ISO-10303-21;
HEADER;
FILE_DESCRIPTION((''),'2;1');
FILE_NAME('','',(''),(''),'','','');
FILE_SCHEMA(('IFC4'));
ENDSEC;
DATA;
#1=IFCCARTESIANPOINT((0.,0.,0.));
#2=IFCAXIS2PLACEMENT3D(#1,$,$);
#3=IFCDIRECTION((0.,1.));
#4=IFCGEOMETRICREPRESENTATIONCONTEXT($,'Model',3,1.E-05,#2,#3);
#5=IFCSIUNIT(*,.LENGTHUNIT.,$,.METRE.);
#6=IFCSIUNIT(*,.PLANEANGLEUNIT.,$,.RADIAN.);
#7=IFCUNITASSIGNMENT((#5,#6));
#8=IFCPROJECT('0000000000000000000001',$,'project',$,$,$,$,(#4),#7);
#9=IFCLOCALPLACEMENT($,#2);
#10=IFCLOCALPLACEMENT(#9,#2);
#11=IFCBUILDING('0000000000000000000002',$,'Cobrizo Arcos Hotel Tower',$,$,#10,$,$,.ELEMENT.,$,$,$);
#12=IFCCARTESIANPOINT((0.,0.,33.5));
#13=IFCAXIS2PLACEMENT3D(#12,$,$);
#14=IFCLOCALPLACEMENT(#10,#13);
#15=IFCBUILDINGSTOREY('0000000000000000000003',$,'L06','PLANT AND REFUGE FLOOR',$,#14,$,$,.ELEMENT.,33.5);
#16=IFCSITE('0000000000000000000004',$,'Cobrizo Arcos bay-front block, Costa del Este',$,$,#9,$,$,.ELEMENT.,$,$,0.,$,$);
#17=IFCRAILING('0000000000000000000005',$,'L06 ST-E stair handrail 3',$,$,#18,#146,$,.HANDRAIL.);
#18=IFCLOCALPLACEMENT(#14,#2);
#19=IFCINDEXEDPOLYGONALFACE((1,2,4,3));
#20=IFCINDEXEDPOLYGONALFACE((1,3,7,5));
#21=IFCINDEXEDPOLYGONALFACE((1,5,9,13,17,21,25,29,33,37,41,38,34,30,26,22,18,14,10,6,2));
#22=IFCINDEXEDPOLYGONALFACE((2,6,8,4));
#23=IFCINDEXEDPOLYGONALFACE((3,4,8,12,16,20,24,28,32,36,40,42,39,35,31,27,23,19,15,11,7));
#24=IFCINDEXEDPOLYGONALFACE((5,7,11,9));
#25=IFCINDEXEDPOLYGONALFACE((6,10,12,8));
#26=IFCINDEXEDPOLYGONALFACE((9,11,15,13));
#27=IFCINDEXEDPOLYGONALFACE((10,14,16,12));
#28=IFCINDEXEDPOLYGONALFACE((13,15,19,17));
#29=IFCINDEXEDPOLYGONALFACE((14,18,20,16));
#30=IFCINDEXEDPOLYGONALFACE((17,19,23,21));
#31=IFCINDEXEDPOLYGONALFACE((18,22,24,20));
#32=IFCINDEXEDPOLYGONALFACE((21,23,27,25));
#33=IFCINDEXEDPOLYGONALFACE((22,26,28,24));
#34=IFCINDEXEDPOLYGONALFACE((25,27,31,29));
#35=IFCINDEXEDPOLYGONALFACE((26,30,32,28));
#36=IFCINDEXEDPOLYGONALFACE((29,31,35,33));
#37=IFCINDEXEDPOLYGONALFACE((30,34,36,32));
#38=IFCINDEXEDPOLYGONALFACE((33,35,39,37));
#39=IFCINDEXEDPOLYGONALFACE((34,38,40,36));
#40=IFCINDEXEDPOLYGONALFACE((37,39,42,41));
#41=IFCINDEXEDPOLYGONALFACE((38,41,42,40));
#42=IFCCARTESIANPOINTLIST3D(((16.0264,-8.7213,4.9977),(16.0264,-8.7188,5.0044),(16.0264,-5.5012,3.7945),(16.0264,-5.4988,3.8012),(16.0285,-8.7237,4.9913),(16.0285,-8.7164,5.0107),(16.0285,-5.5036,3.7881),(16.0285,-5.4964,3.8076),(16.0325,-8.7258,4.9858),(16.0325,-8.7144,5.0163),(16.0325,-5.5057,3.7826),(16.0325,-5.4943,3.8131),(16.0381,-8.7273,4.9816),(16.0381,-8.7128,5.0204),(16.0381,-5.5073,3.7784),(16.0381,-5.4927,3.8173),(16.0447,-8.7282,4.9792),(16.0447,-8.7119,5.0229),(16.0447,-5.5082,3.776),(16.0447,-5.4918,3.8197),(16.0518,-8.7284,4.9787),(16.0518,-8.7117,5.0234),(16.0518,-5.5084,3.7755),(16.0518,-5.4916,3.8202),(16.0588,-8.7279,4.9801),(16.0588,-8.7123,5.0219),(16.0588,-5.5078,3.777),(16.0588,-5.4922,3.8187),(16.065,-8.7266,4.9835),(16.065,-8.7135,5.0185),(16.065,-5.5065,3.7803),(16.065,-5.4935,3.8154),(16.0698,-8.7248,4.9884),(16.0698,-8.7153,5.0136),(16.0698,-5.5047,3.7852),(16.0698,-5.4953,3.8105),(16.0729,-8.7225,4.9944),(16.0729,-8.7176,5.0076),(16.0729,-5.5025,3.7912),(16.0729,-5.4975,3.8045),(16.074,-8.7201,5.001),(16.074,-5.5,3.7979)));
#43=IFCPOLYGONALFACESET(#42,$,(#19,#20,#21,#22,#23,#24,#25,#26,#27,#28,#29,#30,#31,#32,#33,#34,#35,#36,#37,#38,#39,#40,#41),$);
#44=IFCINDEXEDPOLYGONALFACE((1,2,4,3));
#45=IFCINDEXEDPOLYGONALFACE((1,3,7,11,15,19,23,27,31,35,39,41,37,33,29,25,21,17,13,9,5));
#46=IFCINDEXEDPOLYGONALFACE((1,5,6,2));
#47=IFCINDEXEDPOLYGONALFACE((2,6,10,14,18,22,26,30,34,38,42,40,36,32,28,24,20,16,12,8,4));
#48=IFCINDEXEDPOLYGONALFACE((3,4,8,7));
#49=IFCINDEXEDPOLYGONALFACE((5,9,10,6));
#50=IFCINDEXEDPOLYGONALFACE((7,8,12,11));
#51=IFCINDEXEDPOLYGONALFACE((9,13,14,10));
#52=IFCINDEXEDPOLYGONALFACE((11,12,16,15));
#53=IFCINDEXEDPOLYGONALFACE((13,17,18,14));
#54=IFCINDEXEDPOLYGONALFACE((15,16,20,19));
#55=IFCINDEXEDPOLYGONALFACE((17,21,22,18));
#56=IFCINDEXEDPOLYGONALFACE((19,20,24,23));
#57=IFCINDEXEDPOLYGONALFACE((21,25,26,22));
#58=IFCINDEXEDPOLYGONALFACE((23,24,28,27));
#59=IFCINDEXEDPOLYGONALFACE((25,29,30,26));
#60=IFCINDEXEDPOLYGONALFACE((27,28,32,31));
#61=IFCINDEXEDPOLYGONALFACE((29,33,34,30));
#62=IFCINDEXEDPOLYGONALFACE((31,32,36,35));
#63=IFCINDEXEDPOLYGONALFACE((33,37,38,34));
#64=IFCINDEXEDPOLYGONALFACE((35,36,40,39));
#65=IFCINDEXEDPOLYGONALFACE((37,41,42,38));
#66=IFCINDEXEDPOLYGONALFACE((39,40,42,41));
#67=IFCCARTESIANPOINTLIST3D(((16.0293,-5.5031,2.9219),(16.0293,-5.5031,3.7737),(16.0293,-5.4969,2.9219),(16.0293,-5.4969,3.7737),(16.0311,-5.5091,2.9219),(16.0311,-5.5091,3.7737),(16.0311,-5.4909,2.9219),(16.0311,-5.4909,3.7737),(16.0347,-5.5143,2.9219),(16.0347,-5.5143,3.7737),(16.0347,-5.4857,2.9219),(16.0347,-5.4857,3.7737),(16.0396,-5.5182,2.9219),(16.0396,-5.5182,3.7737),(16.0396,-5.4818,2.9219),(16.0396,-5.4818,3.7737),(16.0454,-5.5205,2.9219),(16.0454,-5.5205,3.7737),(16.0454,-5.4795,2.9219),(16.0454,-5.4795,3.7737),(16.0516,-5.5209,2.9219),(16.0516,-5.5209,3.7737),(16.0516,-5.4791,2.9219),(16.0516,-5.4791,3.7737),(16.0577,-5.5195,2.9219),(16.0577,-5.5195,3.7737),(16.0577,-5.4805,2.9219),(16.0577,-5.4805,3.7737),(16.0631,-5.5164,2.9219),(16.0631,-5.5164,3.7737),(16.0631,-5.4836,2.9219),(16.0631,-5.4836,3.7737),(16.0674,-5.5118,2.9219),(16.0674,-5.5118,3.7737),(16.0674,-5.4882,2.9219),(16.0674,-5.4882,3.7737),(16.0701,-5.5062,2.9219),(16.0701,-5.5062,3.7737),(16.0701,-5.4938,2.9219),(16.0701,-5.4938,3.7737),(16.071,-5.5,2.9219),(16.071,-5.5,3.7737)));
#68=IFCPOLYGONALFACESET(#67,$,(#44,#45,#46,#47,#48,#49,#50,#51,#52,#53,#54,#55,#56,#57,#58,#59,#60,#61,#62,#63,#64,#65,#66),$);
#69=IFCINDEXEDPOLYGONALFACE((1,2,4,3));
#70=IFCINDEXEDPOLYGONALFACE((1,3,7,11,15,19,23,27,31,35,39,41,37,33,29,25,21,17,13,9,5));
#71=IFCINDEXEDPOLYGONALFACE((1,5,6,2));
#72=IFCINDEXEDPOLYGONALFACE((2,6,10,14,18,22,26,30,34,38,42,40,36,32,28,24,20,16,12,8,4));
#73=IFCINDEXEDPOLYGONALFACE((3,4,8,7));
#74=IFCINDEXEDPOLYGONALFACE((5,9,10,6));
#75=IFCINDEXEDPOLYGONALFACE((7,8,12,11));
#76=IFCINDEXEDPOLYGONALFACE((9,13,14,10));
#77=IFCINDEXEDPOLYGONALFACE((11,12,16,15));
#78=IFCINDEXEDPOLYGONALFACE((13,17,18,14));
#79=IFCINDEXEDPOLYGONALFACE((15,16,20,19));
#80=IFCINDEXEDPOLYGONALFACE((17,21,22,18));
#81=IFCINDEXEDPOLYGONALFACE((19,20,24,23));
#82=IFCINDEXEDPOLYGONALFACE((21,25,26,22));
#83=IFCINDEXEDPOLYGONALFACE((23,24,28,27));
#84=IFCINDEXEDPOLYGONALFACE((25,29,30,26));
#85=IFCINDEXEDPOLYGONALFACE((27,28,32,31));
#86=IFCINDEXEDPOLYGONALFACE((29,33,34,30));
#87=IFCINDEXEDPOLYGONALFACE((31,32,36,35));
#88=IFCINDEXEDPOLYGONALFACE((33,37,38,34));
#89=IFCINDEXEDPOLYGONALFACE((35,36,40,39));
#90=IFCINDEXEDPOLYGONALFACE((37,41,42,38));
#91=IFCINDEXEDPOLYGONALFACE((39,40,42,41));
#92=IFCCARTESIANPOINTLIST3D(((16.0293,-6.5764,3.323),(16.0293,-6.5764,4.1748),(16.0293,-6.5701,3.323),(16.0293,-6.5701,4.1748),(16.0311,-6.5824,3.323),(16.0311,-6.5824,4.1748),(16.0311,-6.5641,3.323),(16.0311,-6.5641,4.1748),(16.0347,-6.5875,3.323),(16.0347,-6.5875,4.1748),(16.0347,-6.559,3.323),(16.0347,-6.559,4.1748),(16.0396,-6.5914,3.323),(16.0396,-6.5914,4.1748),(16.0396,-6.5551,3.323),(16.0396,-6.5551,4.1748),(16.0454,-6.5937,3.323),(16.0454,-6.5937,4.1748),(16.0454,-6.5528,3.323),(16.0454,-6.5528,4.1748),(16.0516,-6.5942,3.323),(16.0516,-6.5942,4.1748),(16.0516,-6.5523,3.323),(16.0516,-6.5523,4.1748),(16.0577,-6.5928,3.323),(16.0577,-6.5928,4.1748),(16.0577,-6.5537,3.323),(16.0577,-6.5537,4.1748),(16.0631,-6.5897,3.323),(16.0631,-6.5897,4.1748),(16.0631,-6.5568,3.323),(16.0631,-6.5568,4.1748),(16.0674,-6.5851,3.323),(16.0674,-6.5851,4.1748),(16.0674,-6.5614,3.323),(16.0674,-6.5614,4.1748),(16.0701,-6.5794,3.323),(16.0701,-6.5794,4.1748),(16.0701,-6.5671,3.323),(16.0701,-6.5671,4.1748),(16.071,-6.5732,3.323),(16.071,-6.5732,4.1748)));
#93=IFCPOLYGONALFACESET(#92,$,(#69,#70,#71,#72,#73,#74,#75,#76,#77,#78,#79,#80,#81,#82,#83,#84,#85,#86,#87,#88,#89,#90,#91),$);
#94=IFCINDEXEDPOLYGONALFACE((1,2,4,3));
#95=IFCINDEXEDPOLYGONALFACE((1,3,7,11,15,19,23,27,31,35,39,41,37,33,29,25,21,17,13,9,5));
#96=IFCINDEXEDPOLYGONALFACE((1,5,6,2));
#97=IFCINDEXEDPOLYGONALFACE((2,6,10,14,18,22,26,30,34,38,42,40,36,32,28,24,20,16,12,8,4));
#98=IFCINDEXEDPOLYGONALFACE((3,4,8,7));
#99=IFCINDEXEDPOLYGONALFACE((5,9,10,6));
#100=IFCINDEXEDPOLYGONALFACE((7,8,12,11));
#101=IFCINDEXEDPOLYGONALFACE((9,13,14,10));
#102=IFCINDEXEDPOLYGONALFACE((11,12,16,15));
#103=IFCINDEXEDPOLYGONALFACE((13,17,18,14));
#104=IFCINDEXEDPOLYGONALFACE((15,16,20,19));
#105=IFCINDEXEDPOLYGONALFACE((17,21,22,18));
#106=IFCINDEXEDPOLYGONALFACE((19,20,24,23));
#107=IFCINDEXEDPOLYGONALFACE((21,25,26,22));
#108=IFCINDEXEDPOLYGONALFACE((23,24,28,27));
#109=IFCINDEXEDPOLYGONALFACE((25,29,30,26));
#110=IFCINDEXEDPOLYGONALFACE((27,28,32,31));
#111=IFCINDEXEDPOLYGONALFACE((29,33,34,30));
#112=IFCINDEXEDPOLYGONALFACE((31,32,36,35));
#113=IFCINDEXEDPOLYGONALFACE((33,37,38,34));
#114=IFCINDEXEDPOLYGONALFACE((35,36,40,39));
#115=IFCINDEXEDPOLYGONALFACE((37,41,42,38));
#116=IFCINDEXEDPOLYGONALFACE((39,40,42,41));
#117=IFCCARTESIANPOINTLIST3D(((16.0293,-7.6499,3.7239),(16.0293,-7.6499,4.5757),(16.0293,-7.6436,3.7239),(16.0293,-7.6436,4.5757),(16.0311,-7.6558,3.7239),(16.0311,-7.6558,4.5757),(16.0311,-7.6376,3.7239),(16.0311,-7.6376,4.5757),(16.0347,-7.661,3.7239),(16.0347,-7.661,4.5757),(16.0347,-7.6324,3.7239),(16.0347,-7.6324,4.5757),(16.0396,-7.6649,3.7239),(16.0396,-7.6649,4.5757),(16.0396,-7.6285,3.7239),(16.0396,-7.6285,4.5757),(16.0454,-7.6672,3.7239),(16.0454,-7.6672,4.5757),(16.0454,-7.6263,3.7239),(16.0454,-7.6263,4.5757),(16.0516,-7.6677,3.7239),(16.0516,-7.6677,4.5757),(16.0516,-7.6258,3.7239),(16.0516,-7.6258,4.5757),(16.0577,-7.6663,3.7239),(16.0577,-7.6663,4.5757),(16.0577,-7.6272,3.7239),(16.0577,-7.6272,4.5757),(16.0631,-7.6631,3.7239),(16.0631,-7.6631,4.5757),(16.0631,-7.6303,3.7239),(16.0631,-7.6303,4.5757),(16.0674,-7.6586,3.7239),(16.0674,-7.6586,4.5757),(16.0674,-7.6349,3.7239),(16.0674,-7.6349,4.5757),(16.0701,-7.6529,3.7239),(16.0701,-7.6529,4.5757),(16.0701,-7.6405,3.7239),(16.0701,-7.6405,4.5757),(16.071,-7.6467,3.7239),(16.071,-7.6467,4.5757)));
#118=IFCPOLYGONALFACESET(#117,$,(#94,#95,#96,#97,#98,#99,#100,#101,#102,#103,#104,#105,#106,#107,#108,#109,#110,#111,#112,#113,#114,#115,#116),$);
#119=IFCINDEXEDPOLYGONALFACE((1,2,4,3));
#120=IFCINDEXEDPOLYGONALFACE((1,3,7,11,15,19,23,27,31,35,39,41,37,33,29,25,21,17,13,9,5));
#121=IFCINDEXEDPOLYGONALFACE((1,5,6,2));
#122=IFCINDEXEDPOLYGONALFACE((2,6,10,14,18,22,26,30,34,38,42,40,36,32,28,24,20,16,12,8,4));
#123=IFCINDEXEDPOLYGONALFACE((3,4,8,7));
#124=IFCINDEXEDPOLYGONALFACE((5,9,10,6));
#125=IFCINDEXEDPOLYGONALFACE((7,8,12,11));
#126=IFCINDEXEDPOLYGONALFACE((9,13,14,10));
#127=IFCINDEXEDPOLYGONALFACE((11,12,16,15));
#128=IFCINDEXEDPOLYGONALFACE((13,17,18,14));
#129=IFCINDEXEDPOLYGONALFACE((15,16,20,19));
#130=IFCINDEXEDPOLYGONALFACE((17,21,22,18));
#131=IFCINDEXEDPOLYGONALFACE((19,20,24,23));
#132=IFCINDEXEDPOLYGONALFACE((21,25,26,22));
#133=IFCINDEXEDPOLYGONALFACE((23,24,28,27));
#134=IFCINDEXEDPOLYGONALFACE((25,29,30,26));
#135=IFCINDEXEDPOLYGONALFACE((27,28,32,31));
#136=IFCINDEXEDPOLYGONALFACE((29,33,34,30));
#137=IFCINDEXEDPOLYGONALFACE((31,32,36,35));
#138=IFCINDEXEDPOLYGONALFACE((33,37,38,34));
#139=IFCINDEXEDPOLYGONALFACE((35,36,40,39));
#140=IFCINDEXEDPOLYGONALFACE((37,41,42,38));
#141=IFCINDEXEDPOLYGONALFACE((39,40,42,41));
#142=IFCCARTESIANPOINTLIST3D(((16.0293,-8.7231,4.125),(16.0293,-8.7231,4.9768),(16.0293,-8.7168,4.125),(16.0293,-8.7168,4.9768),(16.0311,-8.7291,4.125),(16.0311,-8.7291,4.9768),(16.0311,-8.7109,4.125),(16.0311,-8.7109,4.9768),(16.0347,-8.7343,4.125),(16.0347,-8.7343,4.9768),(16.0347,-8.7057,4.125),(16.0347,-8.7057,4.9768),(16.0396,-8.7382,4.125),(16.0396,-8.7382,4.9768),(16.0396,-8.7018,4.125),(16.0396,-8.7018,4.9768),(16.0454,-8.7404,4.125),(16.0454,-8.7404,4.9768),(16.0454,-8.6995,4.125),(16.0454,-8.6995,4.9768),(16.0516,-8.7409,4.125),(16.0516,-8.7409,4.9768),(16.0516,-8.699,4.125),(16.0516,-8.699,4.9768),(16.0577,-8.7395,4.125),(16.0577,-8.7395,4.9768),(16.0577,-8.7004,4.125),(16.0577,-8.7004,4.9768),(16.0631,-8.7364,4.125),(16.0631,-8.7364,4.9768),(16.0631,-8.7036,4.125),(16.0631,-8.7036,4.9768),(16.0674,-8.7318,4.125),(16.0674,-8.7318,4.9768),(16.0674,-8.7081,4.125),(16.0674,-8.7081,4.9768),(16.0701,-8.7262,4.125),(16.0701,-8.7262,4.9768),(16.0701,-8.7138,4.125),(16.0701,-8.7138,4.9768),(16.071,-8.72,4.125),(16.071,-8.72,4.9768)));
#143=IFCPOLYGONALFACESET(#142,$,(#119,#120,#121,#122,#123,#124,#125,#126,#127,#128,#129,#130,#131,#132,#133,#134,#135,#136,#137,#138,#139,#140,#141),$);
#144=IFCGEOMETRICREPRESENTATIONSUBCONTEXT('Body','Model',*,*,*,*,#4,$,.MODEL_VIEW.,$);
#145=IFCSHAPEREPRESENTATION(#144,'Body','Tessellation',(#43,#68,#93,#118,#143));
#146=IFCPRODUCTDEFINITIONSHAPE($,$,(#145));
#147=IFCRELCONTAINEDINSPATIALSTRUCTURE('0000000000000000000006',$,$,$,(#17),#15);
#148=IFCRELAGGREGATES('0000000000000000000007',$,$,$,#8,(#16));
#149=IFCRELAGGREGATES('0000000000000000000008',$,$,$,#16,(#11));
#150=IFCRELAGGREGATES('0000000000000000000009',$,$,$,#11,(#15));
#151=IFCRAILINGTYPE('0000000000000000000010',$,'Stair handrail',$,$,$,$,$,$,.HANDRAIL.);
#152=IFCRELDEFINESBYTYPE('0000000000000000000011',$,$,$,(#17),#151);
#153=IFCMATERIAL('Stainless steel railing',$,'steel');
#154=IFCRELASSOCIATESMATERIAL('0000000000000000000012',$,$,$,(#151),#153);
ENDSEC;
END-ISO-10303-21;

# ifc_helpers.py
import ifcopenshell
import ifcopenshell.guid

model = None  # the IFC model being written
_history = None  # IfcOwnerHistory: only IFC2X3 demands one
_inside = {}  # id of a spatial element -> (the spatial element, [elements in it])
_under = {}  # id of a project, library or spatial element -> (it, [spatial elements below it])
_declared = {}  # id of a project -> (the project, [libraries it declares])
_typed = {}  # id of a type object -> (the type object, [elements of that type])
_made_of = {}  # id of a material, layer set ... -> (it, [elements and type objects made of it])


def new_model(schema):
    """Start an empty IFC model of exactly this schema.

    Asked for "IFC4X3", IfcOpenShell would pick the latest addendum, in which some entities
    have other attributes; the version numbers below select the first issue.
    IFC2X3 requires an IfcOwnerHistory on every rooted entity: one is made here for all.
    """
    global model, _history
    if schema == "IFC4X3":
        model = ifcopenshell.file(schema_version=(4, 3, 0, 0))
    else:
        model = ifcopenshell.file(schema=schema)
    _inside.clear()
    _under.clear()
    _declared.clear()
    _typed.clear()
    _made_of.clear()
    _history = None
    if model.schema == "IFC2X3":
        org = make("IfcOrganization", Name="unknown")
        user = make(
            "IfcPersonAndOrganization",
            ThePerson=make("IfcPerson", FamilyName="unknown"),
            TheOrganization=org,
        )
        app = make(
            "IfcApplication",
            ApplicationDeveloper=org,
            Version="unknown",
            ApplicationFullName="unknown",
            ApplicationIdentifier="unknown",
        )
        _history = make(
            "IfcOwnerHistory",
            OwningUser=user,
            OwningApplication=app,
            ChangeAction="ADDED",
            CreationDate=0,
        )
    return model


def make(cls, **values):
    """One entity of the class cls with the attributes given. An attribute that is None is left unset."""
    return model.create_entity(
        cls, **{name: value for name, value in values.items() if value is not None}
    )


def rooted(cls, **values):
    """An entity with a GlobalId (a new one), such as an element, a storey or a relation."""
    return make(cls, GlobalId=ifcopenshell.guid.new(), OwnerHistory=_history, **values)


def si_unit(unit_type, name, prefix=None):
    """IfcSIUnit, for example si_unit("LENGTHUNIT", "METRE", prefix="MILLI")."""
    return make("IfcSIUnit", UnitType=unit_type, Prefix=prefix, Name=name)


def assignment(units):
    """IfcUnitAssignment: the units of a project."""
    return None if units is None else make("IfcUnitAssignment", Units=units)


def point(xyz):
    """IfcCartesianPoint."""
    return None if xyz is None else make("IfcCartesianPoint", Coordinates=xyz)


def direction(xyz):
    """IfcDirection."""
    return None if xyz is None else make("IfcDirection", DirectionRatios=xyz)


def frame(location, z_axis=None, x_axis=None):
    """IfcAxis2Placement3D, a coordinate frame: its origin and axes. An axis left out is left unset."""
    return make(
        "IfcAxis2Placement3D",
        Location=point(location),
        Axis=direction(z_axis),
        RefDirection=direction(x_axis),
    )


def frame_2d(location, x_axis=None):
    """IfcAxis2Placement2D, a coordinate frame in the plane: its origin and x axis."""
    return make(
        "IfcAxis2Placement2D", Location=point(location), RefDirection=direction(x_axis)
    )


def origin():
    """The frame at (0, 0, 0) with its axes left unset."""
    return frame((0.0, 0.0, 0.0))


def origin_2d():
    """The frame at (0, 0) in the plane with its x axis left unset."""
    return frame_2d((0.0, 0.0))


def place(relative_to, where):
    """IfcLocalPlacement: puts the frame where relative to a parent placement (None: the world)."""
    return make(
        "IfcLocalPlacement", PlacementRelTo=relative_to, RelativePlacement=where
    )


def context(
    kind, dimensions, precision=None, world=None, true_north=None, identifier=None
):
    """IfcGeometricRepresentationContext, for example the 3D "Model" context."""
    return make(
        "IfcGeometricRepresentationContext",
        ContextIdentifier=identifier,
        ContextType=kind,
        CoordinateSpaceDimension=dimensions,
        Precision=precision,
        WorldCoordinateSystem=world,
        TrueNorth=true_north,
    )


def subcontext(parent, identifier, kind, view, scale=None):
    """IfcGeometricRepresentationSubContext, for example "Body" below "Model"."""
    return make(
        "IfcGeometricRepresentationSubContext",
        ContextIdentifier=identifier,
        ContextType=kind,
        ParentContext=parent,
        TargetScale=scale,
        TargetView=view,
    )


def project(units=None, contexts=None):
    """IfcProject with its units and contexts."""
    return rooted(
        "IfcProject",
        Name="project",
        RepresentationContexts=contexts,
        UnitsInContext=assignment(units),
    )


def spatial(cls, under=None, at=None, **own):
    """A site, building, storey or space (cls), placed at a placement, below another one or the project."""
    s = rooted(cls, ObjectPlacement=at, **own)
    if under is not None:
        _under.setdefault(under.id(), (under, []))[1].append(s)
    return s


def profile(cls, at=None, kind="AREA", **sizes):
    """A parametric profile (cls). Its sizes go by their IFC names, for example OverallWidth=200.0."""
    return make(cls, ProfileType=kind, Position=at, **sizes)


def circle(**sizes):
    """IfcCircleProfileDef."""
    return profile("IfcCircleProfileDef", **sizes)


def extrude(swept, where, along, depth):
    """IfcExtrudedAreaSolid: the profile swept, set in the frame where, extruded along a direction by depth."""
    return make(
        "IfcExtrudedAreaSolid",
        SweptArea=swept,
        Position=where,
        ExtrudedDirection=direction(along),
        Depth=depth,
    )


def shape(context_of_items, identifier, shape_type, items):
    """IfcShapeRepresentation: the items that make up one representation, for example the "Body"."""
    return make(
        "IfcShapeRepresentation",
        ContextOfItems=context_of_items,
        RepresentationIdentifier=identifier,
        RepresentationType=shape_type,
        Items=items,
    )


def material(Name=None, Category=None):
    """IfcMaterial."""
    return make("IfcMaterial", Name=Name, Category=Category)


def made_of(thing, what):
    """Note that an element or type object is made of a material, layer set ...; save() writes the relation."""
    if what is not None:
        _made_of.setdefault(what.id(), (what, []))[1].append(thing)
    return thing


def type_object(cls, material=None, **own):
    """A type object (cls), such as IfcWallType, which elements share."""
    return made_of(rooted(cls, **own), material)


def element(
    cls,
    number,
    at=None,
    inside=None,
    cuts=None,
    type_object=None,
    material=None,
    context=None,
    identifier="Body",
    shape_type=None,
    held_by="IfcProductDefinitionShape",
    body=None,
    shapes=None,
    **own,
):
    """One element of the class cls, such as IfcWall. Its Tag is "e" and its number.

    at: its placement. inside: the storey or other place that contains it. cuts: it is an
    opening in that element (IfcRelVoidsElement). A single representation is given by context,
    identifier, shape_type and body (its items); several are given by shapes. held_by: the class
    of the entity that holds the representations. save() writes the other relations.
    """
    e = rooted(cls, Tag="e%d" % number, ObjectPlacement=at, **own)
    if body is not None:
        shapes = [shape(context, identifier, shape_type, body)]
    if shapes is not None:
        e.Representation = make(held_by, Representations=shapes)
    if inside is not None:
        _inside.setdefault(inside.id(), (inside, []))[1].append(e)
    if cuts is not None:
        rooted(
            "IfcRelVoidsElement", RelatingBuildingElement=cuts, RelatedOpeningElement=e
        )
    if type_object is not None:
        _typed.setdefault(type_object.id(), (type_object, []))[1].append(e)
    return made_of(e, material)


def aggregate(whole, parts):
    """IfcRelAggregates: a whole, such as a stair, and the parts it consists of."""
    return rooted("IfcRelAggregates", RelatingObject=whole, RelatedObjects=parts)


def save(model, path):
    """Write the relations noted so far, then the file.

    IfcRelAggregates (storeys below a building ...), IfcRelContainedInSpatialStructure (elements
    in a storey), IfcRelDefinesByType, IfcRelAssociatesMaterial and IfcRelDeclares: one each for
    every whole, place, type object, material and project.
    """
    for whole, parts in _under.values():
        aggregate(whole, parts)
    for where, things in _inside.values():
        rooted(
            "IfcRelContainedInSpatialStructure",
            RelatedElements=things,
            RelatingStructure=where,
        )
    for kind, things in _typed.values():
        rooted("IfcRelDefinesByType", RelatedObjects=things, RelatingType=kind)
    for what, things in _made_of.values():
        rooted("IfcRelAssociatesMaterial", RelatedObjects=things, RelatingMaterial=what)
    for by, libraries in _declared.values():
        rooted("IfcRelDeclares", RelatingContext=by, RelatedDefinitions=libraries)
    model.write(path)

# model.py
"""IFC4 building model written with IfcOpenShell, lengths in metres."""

from ifc_helpers import new_model, si_unit, direction, frame, origin, origin_2d, place, context, subcontext, project, spatial, circle, extrude, material, type_object, element, save


model = new_model("IFC4")

# Units and contexts
model_context = context("Model", 3, precision=1e-05, world=origin(), true_north=direction((0.0, 1.0)))
body_context = subcontext(model_context, "Body", "Model", "MODEL_VIEW")
ifc_project = project(units=[si_unit("LENGTHUNIT", "METRE"), si_unit("PLANEANGLEUNIT", "RADIAN")], contexts=[model_context])

# Site, building, storey
site_placement = place(None, origin())
site = spatial("IfcSite", under=ifc_project, at=site_placement, Name="Cobrizo Arcos bay-front block, Costa del Este", CompositionType="ELEMENT", RefElevation=0.0)
building_placement = place(site_placement, origin())
building = spatial("IfcBuilding", under=site, at=building_placement, Name="Cobrizo Arcos Hotel Tower", CompositionType="ELEMENT")
storey_placement = place(building_placement, frame((0.0, 0.0, 33.5)))
storey = spatial("IfcBuildingStorey", under=building, at=storey_placement, Name="L06", Description="PLANT AND REFUGE FLOOR", CompositionType="ELEMENT", Elevation=33.5)

# Railing
ifc_material_1 = material(Name="Stainless steel railing", Category="steel")
railing_type_1 = type_object("IfcRailingType", Name="Stair handrail", PredefinedType="HANDRAIL", material=ifc_material_1)
railing_1_placement = place(storey_placement, frame((16.05, -5.5, 2.9219)))
element("IfcRailing", 1, at=railing_1_placement, inside=storey, type_object=railing_type_1, Name="L06 ST-E stair handrail 3", PredefinedType="HANDRAIL", context=body_context, shape_type="SweptSolid", body=[
    extrude(circle(Radius=0.0239, at=origin_2d()), frame((0.0, 0.0, 0.876), z_axis=(0.0, -0.936746, 0.35001), x_axis=(1.0, 0.0, 0.0)), (0.0, 0.0, 1.0), 3.4375),
    extrude(circle(Radius=0.021, at=origin_2d()), origin(), (0.0, 0.0, 1.0), 0.8518),
    extrude(circle(Radius=0.021, at=origin_2d()), frame((0.0, -1.0732, 0.4011)), (0.0, 0.0, 1.0), 0.8518),
    extrude(circle(Radius=0.021, at=origin_2d()), frame((0.0, -2.1467, 0.802)), (0.0, 0.0, 1.0), 0.8518),
    extrude(circle(Radius=0.021, at=origin_2d()), frame((0.0, -3.22, 1.2031)), (0.0, 0.0, 1.0), 0.8518),
])

save(model, "model.ifc")
